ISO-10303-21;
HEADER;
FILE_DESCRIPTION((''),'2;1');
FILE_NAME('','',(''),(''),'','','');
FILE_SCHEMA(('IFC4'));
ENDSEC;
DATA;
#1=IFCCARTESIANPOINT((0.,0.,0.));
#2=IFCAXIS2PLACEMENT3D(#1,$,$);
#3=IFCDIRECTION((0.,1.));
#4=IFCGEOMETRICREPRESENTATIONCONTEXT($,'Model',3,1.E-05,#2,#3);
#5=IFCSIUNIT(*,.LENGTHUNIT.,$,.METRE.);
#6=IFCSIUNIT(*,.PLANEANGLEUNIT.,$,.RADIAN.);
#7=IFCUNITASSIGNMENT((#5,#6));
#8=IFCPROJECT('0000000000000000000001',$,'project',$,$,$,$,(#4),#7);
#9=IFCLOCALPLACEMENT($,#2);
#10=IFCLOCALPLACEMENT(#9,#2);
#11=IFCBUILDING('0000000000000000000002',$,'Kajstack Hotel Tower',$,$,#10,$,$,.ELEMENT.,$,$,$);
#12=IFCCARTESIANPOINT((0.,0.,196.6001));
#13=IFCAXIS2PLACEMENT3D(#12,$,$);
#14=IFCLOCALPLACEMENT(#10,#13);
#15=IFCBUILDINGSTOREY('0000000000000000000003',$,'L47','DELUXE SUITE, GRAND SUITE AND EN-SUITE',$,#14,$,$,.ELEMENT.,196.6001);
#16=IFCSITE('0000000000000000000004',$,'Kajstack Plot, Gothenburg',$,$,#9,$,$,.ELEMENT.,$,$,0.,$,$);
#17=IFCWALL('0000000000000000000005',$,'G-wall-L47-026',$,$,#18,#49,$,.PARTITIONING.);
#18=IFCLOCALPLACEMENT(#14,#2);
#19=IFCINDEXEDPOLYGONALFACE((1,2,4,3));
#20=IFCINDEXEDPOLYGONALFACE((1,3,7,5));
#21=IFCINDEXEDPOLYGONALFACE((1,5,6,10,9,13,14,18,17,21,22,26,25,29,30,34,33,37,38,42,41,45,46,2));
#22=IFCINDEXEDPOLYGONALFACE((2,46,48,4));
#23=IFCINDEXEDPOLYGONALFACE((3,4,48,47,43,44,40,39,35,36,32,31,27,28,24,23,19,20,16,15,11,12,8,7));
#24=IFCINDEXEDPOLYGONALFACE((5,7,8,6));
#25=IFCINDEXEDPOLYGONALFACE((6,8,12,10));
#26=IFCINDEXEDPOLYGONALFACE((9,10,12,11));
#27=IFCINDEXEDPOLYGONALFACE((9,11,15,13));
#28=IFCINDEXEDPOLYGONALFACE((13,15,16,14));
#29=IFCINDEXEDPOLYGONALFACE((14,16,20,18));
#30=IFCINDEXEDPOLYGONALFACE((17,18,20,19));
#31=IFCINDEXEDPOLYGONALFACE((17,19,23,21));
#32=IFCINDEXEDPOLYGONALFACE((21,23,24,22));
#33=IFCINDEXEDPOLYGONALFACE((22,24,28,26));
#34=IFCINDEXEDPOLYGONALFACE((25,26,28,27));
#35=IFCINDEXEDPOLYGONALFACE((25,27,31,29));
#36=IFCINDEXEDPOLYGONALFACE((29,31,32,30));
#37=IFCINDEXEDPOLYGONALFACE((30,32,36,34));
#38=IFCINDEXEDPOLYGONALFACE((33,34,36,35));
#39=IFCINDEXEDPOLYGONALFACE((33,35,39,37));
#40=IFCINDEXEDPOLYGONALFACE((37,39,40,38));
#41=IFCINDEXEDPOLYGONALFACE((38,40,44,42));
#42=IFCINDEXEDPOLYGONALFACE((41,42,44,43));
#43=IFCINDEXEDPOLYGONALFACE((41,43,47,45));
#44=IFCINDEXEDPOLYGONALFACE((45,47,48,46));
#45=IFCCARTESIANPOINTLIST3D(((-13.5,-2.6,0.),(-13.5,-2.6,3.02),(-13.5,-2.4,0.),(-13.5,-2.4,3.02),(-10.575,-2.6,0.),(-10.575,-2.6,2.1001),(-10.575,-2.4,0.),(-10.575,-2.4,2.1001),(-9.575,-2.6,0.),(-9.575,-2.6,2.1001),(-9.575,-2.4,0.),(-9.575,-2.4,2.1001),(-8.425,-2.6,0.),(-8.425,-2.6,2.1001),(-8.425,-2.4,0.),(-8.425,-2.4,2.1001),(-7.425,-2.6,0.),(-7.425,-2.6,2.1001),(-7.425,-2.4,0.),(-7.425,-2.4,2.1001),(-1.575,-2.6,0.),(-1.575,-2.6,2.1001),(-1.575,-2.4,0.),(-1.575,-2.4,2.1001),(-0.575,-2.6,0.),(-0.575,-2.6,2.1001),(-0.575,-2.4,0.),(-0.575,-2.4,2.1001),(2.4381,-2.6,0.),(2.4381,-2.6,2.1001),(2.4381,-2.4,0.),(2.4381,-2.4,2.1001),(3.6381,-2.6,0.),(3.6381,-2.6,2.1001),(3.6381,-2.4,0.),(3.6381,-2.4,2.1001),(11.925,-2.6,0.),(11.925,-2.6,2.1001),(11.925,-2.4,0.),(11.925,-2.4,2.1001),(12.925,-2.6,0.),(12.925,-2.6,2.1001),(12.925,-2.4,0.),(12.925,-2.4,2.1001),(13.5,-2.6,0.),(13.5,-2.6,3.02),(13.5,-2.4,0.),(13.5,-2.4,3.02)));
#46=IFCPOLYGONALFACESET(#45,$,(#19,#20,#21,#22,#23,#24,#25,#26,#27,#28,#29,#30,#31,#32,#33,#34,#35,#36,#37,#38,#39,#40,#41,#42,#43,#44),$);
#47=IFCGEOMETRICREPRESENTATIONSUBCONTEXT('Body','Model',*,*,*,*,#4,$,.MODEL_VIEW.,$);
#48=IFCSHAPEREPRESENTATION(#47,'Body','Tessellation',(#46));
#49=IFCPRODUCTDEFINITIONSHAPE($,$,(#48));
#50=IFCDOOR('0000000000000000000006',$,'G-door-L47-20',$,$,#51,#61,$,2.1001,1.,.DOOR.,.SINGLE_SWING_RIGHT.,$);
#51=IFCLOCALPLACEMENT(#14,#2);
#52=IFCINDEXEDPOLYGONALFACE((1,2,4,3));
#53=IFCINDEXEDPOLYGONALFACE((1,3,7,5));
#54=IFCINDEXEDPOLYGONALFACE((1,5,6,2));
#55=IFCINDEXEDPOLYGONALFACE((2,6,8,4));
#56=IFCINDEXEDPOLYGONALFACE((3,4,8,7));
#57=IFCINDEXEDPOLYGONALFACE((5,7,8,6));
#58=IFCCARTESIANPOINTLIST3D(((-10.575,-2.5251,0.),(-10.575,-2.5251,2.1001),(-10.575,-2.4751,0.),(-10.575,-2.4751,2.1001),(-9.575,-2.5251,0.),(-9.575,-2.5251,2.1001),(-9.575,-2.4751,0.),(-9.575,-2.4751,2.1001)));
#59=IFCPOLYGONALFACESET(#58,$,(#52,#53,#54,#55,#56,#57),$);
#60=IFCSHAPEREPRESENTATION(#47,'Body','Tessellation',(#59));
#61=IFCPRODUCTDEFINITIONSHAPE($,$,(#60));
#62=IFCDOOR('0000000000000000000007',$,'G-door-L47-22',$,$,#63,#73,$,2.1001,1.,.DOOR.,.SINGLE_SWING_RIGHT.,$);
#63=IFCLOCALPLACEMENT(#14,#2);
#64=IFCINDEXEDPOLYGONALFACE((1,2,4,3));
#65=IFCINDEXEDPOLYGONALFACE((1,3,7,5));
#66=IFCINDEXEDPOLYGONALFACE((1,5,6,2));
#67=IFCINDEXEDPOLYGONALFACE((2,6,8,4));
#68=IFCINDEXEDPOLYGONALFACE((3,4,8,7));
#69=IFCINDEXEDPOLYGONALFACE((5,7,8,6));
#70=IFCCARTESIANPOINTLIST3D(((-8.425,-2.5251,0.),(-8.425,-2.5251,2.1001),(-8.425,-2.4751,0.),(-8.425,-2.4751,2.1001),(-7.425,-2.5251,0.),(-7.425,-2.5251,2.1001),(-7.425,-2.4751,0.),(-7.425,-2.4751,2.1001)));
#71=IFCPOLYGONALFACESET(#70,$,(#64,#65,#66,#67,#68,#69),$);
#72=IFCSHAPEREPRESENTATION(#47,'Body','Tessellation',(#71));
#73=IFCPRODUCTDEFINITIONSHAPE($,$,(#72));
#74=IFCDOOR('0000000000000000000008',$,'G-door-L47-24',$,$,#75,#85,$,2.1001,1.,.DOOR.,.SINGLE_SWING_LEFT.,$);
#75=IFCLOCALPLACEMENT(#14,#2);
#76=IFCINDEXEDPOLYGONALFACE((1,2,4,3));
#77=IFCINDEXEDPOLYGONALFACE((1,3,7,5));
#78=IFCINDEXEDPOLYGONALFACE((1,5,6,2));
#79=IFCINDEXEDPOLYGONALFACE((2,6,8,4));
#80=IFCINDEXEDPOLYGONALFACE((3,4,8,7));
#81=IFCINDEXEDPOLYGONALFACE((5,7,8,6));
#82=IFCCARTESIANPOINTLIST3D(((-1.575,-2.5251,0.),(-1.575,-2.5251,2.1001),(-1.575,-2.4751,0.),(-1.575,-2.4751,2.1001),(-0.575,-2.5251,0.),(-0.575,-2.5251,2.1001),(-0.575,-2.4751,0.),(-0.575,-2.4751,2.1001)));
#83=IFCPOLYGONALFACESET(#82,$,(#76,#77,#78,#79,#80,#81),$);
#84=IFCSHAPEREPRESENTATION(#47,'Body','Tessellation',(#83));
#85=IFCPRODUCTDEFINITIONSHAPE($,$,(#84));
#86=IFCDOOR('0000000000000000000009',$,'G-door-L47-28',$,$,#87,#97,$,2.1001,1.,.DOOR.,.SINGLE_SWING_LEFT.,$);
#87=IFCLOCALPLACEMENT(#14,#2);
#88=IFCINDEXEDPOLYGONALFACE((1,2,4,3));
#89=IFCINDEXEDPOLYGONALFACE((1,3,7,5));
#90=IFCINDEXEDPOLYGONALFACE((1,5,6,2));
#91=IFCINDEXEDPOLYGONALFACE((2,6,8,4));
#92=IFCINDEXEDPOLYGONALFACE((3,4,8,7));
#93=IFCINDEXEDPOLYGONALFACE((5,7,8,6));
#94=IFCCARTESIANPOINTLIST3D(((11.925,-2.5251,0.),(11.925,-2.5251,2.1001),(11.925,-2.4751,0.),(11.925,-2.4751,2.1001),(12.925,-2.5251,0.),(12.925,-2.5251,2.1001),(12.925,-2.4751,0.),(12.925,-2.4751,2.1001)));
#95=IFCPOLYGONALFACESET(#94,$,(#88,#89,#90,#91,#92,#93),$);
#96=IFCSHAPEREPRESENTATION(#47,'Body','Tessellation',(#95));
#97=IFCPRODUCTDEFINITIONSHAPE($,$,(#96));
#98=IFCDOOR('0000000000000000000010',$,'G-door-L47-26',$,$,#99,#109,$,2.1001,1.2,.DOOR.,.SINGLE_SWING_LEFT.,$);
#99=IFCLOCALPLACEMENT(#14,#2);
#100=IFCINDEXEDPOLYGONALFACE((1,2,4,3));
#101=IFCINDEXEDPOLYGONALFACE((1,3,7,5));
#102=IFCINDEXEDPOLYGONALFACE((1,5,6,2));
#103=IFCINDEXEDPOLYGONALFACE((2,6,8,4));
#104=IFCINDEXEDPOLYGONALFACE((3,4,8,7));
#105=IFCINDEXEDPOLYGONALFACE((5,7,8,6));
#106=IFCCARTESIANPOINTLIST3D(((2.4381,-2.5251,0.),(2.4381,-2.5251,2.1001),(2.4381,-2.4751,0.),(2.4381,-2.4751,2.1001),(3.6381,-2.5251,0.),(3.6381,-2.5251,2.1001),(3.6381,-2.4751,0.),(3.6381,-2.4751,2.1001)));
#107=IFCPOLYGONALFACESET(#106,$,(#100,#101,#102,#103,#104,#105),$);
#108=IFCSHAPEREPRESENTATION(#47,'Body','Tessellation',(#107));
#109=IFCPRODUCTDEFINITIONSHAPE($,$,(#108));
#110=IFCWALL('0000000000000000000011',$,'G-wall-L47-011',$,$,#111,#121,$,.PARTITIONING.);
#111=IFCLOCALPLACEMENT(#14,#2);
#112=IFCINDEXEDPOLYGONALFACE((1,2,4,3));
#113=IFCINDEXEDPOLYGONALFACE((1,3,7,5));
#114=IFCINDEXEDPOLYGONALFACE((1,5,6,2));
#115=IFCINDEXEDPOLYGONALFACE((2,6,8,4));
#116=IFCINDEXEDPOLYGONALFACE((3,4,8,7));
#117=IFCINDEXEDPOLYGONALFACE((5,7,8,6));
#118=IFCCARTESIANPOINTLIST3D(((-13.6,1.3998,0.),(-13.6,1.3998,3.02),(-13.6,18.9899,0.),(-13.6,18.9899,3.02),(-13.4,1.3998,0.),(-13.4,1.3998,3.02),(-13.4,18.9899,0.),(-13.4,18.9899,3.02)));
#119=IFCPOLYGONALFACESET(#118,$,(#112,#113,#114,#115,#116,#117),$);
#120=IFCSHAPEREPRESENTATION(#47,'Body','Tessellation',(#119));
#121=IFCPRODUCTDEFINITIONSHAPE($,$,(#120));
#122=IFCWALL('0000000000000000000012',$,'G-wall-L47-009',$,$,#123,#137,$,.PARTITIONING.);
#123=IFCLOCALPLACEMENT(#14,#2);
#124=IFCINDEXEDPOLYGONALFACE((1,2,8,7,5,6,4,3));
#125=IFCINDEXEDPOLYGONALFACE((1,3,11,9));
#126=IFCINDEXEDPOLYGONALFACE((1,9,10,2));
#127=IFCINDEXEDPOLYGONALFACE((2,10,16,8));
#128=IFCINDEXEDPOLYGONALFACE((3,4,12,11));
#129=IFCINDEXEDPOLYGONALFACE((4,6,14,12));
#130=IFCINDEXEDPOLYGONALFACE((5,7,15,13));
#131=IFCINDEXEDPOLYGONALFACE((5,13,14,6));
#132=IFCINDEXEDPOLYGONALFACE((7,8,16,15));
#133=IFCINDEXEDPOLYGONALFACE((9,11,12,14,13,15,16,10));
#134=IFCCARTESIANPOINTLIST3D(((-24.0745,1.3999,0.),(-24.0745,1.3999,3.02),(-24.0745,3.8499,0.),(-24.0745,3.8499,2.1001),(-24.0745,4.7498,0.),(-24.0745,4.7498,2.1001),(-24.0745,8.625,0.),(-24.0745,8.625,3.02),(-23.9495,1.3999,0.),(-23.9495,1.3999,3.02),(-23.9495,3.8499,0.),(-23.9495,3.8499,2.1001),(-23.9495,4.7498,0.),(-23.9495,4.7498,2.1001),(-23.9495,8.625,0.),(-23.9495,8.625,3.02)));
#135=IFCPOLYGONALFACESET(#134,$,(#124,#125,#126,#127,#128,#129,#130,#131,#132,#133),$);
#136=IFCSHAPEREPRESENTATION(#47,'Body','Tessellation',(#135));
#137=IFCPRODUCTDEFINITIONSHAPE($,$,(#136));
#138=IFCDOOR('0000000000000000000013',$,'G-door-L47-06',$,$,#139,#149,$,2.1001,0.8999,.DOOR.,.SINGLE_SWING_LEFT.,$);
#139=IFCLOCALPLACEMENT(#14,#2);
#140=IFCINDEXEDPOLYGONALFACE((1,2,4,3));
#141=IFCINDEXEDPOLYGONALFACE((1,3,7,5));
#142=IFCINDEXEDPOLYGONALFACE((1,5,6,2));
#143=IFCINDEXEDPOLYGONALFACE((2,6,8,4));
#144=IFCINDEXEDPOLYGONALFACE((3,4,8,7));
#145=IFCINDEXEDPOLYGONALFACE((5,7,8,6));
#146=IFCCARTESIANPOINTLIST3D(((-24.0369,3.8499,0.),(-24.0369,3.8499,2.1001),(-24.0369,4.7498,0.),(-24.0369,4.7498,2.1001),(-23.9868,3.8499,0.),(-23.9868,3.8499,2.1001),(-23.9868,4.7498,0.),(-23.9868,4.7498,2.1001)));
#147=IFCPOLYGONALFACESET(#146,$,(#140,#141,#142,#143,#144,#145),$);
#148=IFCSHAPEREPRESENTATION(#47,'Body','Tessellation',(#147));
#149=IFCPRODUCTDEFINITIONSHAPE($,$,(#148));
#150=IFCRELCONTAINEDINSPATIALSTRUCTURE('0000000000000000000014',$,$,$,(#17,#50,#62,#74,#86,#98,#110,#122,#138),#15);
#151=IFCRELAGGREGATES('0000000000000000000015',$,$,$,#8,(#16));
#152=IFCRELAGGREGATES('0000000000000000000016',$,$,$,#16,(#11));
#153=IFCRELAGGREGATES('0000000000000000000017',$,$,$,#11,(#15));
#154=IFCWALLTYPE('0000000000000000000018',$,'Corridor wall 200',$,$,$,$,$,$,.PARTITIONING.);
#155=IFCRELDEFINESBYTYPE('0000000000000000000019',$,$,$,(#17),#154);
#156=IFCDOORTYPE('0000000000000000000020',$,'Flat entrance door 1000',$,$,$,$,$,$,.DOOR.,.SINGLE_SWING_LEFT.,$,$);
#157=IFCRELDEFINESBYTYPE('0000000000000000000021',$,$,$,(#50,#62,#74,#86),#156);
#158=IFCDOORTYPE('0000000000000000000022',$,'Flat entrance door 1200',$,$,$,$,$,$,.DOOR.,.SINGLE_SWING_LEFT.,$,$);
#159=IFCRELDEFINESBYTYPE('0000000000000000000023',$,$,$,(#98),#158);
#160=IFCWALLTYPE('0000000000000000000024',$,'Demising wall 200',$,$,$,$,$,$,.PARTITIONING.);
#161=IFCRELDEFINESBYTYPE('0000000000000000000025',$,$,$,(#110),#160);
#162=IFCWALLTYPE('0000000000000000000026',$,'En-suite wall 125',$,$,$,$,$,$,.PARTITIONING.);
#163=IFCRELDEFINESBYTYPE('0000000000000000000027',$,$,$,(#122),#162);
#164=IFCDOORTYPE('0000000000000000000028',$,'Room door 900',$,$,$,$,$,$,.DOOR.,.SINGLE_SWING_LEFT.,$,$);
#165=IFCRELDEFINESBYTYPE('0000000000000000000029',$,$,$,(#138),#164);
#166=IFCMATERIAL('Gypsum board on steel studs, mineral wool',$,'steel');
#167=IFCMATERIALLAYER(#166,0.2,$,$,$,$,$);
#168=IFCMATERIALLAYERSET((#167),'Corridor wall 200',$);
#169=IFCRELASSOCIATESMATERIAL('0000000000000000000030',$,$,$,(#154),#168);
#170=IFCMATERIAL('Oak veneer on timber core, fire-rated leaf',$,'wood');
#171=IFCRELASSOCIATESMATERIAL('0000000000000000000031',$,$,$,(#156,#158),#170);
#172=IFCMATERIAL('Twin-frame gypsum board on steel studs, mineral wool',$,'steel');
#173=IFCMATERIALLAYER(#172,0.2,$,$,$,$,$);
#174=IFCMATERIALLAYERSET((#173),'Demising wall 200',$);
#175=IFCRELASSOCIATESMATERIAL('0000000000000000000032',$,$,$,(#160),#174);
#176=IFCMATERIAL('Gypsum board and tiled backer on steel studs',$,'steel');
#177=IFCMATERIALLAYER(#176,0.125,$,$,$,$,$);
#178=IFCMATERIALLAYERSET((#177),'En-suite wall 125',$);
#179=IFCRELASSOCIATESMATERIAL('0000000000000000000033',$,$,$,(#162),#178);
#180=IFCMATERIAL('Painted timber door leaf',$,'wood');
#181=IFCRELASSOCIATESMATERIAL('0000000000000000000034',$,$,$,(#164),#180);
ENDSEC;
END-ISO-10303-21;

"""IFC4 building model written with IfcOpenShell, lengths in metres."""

from ifc_helpers import new_model, si_unit, direction, frame, frame_2d, origin, place, context, subcontext, project, spatial, rectangle, extrude, material, layer, layer_set, type_object, element, fill, save


model = new_model("IFC4")

# Units and contexts
model_context = context("Model", 3, precision=1e-05, world=origin(), true_north=direction((0.0, 1.0)))
body_context = subcontext(model_context, "Body", "Model", "MODEL_VIEW")
ifc_project = project(units=[si_unit("LENGTHUNIT", "METRE"), si_unit("PLANEANGLEUNIT", "RADIAN")], contexts=[model_context])

# Site, building, storey
site_placement = place(None, origin())
site = spatial("IfcSite", under=ifc_project, at=site_placement, Name="Kajstack Plot, Gothenburg", CompositionType="ELEMENT", RefElevation=0.0)
building_placement = place(site_placement, origin())
building = spatial("IfcBuilding", under=site, at=building_placement, Name="Kajstack Hotel Tower", CompositionType="ELEMENT")
storey_placement = place(building_placement, frame((0.0, 0.0, 196.6001)))
storey = spatial("IfcBuildingStorey", under=building, at=storey_placement, Name="L47", Description="DELUXE SUITE, GRAND SUITE AND EN-SUITE", CompositionType="ELEMENT", Elevation=196.6001)

# Wall, openings, doors
ifc_material_1 = material(Name="Gypsum board on steel studs, mineral wool", Category="steel")
ifc_layer_1 = layer(ifc_material_1, 0.2)
ifc_layer_set_1 = layer_set([ifc_layer_1], Name="Corridor wall 200")
wall_type_1 = type_object("IfcWallType", Name="Corridor wall 200", PredefinedType="PARTITIONING", material=ifc_layer_set_1)
wall_1_placement = place(storey_placement, frame((-13.5, -2.5, 0.0), z_axis=(0.0, 0.0, 1.0), x_axis=(1.0, 0.0, 0.0)))
wall_1 = element("IfcWall", 1, at=wall_1_placement, inside=storey, type_object=wall_type_1, Name="G-wall-L47-026", PredefinedType="PARTITIONING", context=body_context, shape_type="SweptSolid", body=[
    extrude(rectangle(XDim=27.0, YDim=0.2, at=frame_2d((13.5, 0.0))), origin(), (0.0, 0.0, 1.0), 3.02),
])
opening_1_placement = place(wall_1_placement, frame((2.925, 0.0, 0.0)))
opening_1 = element("IfcOpeningElement", 2, at=opening_1_placement, cuts=wall_1, PredefinedType="OPENING", context=body_context, shape_type="SweptSolid", body=[
    extrude(rectangle(XDim=1.0, YDim=2.1001, at=frame_2d((0.5, 1.05))), frame((0.0, 0.1099, 0.0), z_axis=(0.0, -1.0, 0.0), x_axis=(1.0, 0.0, 0.0)), (0.0, 0.0, 1.0), 0.22),
])
opening_2_placement = place(wall_1_placement, frame((5.075, 0.0, 0.0)))
opening_2 = element("IfcOpeningElement", 3, at=opening_2_placement, cuts=wall_1, PredefinedType="OPENING", context=body_context, shape_type="SweptSolid", body=[
    extrude(rectangle(XDim=1.0, YDim=2.1001, at=frame_2d((0.5, 1.05))), frame((0.0, 0.1099, 0.0), z_axis=(0.0, -1.0, 0.0), x_axis=(1.0, 0.0, 0.0)), (0.0, 0.0, 1.0), 0.22),
])
opening_3_placement = place(wall_1_placement, frame((11.925, 0.0, 0.0)))
opening_3 = element("IfcOpeningElement", 4, at=opening_3_placement, cuts=wall_1, PredefinedType="OPENING", context=body_context, shape_type="SweptSolid", body=[
    extrude(rectangle(XDim=1.0, YDim=2.1001, at=frame_2d((0.5, 1.05))), frame((0.0, 0.1099, 0.0), z_axis=(0.0, -1.0, 0.0), x_axis=(1.0, 0.0, 0.0)), (0.0, 0.0, 1.0), 0.22),
])
opening_4_placement = place(wall_1_placement, frame((15.938, 0.0, 0.0)))
opening_4 = element("IfcOpeningElement", 5, at=opening_4_placement, cuts=wall_1, PredefinedType="OPENING", context=body_context, shape_type="SweptSolid", body=[
    extrude(rectangle(XDim=1.2, YDim=2.1001, at=frame_2d((0.6001, 1.05))), frame((0.0, 0.1099, 0.0), z_axis=(0.0, -1.0, 0.0), x_axis=(1.0, 0.0, 0.0)), (0.0, 0.0, 1.0), 0.22),
])
opening_5_placement = place(wall_1_placement, frame((25.425, 0.0, 0.0)))
opening_5 = element("IfcOpeningElement", 6, at=opening_5_placement, cuts=wall_1, PredefinedType="OPENING", context=body_context, shape_type="SweptSolid", body=[
    extrude(rectangle(XDim=1.0, YDim=2.1001, at=frame_2d((0.5, 1.05))), frame((0.0, 0.1099, 0.0), z_axis=(0.0, -1.0, 0.0), x_axis=(1.0, 0.0, 0.0)), (0.0, 0.0, 1.0), 0.22),
])
ifc_material_2 = material(Name="Oak veneer on timber core, fire-rated leaf", Category="wood")
door_type_1 = type_object("IfcDoorType", Name="Flat entrance door 1000", OperationType="SINGLE_SWING_LEFT", PredefinedType="DOOR", material=ifc_material_2)
door_1_placement = place(opening_1_placement, origin())
door_1 = element("IfcDoor", 7, at=door_1_placement, inside=storey, type_object=door_type_1, Name="G-door-L47-20", OperationType="SINGLE_SWING_RIGHT", OverallHeight=2.1001, OverallWidth=1.0, PredefinedType="DOOR", context=body_context, shape_type="SweptSolid", body=[
    extrude(rectangle(XDim=1.0, YDim=2.1001, at=frame_2d((0.5, 1.05))), frame((0.0, 0.0249, 0.0), z_axis=(0.0, -1.0, 0.0), x_axis=(1.0, 0.0, 0.0)), (0.0, 0.0, 1.0), 0.05),
])
fill(opening_1, door_1)
door_2_placement = place(opening_2_placement, origin())
door_2 = element("IfcDoor", 8, at=door_2_placement, inside=storey, type_object=door_type_1, Name="G-door-L47-22", OperationType="SINGLE_SWING_RIGHT", OverallHeight=2.1001, OverallWidth=1.0, PredefinedType="DOOR", context=body_context, shape_type="SweptSolid", body=[
    extrude(rectangle(XDim=1.0, YDim=2.1001, at=frame_2d((0.5, 1.05))), frame((0.0, 0.0249, 0.0), z_axis=(0.0, -1.0, 0.0), x_axis=(1.0, 0.0, 0.0)), (0.0, 0.0, 1.0), 0.05),
])
fill(opening_2, door_2)
door_3_placement = place(opening_3_placement, origin())
door_3 = element("IfcDoor", 9, at=door_3_placement, inside=storey, type_object=door_type_1, Name="G-door-L47-24", OperationType="SINGLE_SWING_LEFT", OverallHeight=2.1001, OverallWidth=1.0, PredefinedType="DOOR", context=body_context, shape_type="SweptSolid", body=[
    extrude(rectangle(XDim=1.0, YDim=2.1001, at=frame_2d((0.5, 1.05))), frame((0.0, 0.0249, 0.0), z_axis=(0.0, -1.0, 0.0), x_axis=(1.0, 0.0, 0.0)), (0.0, 0.0, 1.0), 0.05),
])
fill(opening_3, door_3)
door_4_placement = place(opening_5_placement, origin())
door_4 = element("IfcDoor", 10, at=door_4_placement, inside=storey, type_object=door_type_1, Name="G-door-L47-28", OperationType="SINGLE_SWING_LEFT", OverallHeight=2.1001, OverallWidth=1.0, PredefinedType="DOOR", context=body_context, shape_type="SweptSolid", body=[
    extrude(rectangle(XDim=1.0, YDim=2.1001, at=frame_2d((0.5, 1.05))), frame((0.0, 0.0249, 0.0), z_axis=(0.0, -1.0, 0.0), x_axis=(1.0, 0.0, 0.0)), (0.0, 0.0, 1.0), 0.05),
])
fill(opening_5, door_4)
door_type_2 = type_object("IfcDoorType", Name="Flat entrance door 1200", OperationType="SINGLE_SWING_LEFT", PredefinedType="DOOR", material=ifc_material_2)
door_5_placement = place(opening_4_placement, origin())
door_5 = element("IfcDoor", 11, at=door_5_placement, inside=storey, type_object=door_type_2, Name="G-door-L47-26", OperationType="SINGLE_SWING_LEFT", OverallHeight=2.1001, OverallWidth=1.2, PredefinedType="DOOR", context=body_context, shape_type="SweptSolid", body=[
    extrude(rectangle(XDim=1.2, YDim=2.1001, at=frame_2d((0.6001, 1.05))), frame((0.0, 0.0249, 0.0), z_axis=(0.0, -1.0, 0.0), x_axis=(1.0, 0.0, 0.0)), (0.0, 0.0, 1.0), 0.05),
])
fill(opening_4, door_5)

# Wall
ifc_material_3 = material(Name="Twin-frame gypsum board on steel studs, mineral wool", Category="steel")
ifc_layer_2 = layer(ifc_material_3, 0.2)
ifc_layer_set_2 = layer_set([ifc_layer_2], Name="Demising wall 200")
wall_type_2 = type_object("IfcWallType", Name="Demising wall 200", PredefinedType="PARTITIONING", material=ifc_layer_set_2)
wall_2_placement = place(storey_placement, frame((-13.5, 1.3999, 0.0), z_axis=(0.0, 0.0, 1.0), x_axis=(0.0, 1.0, 0.0)))
element("IfcWall", 12, at=wall_2_placement, inside=storey, type_object=wall_type_2, Name="G-wall-L47-011", PredefinedType="PARTITIONING", context=body_context, shape_type="SweptSolid", body=[
    extrude(rectangle(XDim=17.5901, YDim=0.2, at=frame_2d((8.7949, 0.0))), origin(), (0.0, 0.0, 1.0), 3.02),
])

# Wall, opening, door
ifc_material_4 = material(Name="Gypsum board and tiled backer on steel studs", Category="steel")
ifc_layer_3 = layer(ifc_material_4, 0.125)
ifc_layer_set_3 = layer_set([ifc_layer_3], Name="En-suite wall 125")
wall_type_3 = type_object("IfcWallType", Name="En-suite wall 125", PredefinedType="PARTITIONING", material=ifc_layer_set_3)
wall_3_placement = place(storey_placement, frame((-24.012, 1.3999, 0.0), z_axis=(0.0, 0.0, 1.0), x_axis=(0.0, 1.0, 0.0)))
wall_3 = element("IfcWall", 13, at=wall_3_placement, inside=storey, type_object=wall_type_3, Name="G-wall-L47-009", PredefinedType="PARTITIONING", context=body_context, shape_type="SweptSolid", body=[
    extrude(rectangle(XDim=7.2251, YDim=0.125, at=frame_2d((3.6125, 0.0))), origin(), (0.0, 0.0, 1.0), 3.02),
])
opening_6_placement = place(wall_3_placement, frame((2.45, 0.0, 0.0)))
opening_6 = element("IfcOpeningElement", 14, at=opening_6_placement, cuts=wall_3, PredefinedType="OPENING", context=body_context, shape_type="SweptSolid", body=[
    extrude(rectangle(XDim=0.8999, YDim=2.1001, at=frame_2d((0.45, 1.05))), frame((0.0, 0.0725, 0.0), z_axis=(0.0, -1.0, 0.0), x_axis=(1.0, 0.0, 0.0)), (0.0, 0.0, 1.0), 0.145),
])
ifc_material_5 = material(Name="Painted timber door leaf", Category="wood")
door_type_3 = type_object("IfcDoorType", Name="Room door 900", OperationType="SINGLE_SWING_LEFT", PredefinedType="DOOR", material=ifc_material_5)
door_6_placement = place(opening_6_placement, origin())
door_6 = element("IfcDoor", 15, at=door_6_placement, inside=storey, type_object=door_type_3, Name="G-door-L47-06", OperationType="SINGLE_SWING_LEFT", OverallHeight=2.1001, OverallWidth=0.8999, PredefinedType="DOOR", context=body_context, shape_type="SweptSolid", body=[
    extrude(rectangle(XDim=0.8999, YDim=2.1001, at=frame_2d((0.45, 1.05))), frame((0.0, 0.0249, 0.0), z_axis=(0.0, -1.0, 0.0), x_axis=(1.0, 0.0, 0.0)), (0.0, 0.0, 1.0), 0.05),
])
fill(opening_6, door_6)

save(model, "model.ifc")
